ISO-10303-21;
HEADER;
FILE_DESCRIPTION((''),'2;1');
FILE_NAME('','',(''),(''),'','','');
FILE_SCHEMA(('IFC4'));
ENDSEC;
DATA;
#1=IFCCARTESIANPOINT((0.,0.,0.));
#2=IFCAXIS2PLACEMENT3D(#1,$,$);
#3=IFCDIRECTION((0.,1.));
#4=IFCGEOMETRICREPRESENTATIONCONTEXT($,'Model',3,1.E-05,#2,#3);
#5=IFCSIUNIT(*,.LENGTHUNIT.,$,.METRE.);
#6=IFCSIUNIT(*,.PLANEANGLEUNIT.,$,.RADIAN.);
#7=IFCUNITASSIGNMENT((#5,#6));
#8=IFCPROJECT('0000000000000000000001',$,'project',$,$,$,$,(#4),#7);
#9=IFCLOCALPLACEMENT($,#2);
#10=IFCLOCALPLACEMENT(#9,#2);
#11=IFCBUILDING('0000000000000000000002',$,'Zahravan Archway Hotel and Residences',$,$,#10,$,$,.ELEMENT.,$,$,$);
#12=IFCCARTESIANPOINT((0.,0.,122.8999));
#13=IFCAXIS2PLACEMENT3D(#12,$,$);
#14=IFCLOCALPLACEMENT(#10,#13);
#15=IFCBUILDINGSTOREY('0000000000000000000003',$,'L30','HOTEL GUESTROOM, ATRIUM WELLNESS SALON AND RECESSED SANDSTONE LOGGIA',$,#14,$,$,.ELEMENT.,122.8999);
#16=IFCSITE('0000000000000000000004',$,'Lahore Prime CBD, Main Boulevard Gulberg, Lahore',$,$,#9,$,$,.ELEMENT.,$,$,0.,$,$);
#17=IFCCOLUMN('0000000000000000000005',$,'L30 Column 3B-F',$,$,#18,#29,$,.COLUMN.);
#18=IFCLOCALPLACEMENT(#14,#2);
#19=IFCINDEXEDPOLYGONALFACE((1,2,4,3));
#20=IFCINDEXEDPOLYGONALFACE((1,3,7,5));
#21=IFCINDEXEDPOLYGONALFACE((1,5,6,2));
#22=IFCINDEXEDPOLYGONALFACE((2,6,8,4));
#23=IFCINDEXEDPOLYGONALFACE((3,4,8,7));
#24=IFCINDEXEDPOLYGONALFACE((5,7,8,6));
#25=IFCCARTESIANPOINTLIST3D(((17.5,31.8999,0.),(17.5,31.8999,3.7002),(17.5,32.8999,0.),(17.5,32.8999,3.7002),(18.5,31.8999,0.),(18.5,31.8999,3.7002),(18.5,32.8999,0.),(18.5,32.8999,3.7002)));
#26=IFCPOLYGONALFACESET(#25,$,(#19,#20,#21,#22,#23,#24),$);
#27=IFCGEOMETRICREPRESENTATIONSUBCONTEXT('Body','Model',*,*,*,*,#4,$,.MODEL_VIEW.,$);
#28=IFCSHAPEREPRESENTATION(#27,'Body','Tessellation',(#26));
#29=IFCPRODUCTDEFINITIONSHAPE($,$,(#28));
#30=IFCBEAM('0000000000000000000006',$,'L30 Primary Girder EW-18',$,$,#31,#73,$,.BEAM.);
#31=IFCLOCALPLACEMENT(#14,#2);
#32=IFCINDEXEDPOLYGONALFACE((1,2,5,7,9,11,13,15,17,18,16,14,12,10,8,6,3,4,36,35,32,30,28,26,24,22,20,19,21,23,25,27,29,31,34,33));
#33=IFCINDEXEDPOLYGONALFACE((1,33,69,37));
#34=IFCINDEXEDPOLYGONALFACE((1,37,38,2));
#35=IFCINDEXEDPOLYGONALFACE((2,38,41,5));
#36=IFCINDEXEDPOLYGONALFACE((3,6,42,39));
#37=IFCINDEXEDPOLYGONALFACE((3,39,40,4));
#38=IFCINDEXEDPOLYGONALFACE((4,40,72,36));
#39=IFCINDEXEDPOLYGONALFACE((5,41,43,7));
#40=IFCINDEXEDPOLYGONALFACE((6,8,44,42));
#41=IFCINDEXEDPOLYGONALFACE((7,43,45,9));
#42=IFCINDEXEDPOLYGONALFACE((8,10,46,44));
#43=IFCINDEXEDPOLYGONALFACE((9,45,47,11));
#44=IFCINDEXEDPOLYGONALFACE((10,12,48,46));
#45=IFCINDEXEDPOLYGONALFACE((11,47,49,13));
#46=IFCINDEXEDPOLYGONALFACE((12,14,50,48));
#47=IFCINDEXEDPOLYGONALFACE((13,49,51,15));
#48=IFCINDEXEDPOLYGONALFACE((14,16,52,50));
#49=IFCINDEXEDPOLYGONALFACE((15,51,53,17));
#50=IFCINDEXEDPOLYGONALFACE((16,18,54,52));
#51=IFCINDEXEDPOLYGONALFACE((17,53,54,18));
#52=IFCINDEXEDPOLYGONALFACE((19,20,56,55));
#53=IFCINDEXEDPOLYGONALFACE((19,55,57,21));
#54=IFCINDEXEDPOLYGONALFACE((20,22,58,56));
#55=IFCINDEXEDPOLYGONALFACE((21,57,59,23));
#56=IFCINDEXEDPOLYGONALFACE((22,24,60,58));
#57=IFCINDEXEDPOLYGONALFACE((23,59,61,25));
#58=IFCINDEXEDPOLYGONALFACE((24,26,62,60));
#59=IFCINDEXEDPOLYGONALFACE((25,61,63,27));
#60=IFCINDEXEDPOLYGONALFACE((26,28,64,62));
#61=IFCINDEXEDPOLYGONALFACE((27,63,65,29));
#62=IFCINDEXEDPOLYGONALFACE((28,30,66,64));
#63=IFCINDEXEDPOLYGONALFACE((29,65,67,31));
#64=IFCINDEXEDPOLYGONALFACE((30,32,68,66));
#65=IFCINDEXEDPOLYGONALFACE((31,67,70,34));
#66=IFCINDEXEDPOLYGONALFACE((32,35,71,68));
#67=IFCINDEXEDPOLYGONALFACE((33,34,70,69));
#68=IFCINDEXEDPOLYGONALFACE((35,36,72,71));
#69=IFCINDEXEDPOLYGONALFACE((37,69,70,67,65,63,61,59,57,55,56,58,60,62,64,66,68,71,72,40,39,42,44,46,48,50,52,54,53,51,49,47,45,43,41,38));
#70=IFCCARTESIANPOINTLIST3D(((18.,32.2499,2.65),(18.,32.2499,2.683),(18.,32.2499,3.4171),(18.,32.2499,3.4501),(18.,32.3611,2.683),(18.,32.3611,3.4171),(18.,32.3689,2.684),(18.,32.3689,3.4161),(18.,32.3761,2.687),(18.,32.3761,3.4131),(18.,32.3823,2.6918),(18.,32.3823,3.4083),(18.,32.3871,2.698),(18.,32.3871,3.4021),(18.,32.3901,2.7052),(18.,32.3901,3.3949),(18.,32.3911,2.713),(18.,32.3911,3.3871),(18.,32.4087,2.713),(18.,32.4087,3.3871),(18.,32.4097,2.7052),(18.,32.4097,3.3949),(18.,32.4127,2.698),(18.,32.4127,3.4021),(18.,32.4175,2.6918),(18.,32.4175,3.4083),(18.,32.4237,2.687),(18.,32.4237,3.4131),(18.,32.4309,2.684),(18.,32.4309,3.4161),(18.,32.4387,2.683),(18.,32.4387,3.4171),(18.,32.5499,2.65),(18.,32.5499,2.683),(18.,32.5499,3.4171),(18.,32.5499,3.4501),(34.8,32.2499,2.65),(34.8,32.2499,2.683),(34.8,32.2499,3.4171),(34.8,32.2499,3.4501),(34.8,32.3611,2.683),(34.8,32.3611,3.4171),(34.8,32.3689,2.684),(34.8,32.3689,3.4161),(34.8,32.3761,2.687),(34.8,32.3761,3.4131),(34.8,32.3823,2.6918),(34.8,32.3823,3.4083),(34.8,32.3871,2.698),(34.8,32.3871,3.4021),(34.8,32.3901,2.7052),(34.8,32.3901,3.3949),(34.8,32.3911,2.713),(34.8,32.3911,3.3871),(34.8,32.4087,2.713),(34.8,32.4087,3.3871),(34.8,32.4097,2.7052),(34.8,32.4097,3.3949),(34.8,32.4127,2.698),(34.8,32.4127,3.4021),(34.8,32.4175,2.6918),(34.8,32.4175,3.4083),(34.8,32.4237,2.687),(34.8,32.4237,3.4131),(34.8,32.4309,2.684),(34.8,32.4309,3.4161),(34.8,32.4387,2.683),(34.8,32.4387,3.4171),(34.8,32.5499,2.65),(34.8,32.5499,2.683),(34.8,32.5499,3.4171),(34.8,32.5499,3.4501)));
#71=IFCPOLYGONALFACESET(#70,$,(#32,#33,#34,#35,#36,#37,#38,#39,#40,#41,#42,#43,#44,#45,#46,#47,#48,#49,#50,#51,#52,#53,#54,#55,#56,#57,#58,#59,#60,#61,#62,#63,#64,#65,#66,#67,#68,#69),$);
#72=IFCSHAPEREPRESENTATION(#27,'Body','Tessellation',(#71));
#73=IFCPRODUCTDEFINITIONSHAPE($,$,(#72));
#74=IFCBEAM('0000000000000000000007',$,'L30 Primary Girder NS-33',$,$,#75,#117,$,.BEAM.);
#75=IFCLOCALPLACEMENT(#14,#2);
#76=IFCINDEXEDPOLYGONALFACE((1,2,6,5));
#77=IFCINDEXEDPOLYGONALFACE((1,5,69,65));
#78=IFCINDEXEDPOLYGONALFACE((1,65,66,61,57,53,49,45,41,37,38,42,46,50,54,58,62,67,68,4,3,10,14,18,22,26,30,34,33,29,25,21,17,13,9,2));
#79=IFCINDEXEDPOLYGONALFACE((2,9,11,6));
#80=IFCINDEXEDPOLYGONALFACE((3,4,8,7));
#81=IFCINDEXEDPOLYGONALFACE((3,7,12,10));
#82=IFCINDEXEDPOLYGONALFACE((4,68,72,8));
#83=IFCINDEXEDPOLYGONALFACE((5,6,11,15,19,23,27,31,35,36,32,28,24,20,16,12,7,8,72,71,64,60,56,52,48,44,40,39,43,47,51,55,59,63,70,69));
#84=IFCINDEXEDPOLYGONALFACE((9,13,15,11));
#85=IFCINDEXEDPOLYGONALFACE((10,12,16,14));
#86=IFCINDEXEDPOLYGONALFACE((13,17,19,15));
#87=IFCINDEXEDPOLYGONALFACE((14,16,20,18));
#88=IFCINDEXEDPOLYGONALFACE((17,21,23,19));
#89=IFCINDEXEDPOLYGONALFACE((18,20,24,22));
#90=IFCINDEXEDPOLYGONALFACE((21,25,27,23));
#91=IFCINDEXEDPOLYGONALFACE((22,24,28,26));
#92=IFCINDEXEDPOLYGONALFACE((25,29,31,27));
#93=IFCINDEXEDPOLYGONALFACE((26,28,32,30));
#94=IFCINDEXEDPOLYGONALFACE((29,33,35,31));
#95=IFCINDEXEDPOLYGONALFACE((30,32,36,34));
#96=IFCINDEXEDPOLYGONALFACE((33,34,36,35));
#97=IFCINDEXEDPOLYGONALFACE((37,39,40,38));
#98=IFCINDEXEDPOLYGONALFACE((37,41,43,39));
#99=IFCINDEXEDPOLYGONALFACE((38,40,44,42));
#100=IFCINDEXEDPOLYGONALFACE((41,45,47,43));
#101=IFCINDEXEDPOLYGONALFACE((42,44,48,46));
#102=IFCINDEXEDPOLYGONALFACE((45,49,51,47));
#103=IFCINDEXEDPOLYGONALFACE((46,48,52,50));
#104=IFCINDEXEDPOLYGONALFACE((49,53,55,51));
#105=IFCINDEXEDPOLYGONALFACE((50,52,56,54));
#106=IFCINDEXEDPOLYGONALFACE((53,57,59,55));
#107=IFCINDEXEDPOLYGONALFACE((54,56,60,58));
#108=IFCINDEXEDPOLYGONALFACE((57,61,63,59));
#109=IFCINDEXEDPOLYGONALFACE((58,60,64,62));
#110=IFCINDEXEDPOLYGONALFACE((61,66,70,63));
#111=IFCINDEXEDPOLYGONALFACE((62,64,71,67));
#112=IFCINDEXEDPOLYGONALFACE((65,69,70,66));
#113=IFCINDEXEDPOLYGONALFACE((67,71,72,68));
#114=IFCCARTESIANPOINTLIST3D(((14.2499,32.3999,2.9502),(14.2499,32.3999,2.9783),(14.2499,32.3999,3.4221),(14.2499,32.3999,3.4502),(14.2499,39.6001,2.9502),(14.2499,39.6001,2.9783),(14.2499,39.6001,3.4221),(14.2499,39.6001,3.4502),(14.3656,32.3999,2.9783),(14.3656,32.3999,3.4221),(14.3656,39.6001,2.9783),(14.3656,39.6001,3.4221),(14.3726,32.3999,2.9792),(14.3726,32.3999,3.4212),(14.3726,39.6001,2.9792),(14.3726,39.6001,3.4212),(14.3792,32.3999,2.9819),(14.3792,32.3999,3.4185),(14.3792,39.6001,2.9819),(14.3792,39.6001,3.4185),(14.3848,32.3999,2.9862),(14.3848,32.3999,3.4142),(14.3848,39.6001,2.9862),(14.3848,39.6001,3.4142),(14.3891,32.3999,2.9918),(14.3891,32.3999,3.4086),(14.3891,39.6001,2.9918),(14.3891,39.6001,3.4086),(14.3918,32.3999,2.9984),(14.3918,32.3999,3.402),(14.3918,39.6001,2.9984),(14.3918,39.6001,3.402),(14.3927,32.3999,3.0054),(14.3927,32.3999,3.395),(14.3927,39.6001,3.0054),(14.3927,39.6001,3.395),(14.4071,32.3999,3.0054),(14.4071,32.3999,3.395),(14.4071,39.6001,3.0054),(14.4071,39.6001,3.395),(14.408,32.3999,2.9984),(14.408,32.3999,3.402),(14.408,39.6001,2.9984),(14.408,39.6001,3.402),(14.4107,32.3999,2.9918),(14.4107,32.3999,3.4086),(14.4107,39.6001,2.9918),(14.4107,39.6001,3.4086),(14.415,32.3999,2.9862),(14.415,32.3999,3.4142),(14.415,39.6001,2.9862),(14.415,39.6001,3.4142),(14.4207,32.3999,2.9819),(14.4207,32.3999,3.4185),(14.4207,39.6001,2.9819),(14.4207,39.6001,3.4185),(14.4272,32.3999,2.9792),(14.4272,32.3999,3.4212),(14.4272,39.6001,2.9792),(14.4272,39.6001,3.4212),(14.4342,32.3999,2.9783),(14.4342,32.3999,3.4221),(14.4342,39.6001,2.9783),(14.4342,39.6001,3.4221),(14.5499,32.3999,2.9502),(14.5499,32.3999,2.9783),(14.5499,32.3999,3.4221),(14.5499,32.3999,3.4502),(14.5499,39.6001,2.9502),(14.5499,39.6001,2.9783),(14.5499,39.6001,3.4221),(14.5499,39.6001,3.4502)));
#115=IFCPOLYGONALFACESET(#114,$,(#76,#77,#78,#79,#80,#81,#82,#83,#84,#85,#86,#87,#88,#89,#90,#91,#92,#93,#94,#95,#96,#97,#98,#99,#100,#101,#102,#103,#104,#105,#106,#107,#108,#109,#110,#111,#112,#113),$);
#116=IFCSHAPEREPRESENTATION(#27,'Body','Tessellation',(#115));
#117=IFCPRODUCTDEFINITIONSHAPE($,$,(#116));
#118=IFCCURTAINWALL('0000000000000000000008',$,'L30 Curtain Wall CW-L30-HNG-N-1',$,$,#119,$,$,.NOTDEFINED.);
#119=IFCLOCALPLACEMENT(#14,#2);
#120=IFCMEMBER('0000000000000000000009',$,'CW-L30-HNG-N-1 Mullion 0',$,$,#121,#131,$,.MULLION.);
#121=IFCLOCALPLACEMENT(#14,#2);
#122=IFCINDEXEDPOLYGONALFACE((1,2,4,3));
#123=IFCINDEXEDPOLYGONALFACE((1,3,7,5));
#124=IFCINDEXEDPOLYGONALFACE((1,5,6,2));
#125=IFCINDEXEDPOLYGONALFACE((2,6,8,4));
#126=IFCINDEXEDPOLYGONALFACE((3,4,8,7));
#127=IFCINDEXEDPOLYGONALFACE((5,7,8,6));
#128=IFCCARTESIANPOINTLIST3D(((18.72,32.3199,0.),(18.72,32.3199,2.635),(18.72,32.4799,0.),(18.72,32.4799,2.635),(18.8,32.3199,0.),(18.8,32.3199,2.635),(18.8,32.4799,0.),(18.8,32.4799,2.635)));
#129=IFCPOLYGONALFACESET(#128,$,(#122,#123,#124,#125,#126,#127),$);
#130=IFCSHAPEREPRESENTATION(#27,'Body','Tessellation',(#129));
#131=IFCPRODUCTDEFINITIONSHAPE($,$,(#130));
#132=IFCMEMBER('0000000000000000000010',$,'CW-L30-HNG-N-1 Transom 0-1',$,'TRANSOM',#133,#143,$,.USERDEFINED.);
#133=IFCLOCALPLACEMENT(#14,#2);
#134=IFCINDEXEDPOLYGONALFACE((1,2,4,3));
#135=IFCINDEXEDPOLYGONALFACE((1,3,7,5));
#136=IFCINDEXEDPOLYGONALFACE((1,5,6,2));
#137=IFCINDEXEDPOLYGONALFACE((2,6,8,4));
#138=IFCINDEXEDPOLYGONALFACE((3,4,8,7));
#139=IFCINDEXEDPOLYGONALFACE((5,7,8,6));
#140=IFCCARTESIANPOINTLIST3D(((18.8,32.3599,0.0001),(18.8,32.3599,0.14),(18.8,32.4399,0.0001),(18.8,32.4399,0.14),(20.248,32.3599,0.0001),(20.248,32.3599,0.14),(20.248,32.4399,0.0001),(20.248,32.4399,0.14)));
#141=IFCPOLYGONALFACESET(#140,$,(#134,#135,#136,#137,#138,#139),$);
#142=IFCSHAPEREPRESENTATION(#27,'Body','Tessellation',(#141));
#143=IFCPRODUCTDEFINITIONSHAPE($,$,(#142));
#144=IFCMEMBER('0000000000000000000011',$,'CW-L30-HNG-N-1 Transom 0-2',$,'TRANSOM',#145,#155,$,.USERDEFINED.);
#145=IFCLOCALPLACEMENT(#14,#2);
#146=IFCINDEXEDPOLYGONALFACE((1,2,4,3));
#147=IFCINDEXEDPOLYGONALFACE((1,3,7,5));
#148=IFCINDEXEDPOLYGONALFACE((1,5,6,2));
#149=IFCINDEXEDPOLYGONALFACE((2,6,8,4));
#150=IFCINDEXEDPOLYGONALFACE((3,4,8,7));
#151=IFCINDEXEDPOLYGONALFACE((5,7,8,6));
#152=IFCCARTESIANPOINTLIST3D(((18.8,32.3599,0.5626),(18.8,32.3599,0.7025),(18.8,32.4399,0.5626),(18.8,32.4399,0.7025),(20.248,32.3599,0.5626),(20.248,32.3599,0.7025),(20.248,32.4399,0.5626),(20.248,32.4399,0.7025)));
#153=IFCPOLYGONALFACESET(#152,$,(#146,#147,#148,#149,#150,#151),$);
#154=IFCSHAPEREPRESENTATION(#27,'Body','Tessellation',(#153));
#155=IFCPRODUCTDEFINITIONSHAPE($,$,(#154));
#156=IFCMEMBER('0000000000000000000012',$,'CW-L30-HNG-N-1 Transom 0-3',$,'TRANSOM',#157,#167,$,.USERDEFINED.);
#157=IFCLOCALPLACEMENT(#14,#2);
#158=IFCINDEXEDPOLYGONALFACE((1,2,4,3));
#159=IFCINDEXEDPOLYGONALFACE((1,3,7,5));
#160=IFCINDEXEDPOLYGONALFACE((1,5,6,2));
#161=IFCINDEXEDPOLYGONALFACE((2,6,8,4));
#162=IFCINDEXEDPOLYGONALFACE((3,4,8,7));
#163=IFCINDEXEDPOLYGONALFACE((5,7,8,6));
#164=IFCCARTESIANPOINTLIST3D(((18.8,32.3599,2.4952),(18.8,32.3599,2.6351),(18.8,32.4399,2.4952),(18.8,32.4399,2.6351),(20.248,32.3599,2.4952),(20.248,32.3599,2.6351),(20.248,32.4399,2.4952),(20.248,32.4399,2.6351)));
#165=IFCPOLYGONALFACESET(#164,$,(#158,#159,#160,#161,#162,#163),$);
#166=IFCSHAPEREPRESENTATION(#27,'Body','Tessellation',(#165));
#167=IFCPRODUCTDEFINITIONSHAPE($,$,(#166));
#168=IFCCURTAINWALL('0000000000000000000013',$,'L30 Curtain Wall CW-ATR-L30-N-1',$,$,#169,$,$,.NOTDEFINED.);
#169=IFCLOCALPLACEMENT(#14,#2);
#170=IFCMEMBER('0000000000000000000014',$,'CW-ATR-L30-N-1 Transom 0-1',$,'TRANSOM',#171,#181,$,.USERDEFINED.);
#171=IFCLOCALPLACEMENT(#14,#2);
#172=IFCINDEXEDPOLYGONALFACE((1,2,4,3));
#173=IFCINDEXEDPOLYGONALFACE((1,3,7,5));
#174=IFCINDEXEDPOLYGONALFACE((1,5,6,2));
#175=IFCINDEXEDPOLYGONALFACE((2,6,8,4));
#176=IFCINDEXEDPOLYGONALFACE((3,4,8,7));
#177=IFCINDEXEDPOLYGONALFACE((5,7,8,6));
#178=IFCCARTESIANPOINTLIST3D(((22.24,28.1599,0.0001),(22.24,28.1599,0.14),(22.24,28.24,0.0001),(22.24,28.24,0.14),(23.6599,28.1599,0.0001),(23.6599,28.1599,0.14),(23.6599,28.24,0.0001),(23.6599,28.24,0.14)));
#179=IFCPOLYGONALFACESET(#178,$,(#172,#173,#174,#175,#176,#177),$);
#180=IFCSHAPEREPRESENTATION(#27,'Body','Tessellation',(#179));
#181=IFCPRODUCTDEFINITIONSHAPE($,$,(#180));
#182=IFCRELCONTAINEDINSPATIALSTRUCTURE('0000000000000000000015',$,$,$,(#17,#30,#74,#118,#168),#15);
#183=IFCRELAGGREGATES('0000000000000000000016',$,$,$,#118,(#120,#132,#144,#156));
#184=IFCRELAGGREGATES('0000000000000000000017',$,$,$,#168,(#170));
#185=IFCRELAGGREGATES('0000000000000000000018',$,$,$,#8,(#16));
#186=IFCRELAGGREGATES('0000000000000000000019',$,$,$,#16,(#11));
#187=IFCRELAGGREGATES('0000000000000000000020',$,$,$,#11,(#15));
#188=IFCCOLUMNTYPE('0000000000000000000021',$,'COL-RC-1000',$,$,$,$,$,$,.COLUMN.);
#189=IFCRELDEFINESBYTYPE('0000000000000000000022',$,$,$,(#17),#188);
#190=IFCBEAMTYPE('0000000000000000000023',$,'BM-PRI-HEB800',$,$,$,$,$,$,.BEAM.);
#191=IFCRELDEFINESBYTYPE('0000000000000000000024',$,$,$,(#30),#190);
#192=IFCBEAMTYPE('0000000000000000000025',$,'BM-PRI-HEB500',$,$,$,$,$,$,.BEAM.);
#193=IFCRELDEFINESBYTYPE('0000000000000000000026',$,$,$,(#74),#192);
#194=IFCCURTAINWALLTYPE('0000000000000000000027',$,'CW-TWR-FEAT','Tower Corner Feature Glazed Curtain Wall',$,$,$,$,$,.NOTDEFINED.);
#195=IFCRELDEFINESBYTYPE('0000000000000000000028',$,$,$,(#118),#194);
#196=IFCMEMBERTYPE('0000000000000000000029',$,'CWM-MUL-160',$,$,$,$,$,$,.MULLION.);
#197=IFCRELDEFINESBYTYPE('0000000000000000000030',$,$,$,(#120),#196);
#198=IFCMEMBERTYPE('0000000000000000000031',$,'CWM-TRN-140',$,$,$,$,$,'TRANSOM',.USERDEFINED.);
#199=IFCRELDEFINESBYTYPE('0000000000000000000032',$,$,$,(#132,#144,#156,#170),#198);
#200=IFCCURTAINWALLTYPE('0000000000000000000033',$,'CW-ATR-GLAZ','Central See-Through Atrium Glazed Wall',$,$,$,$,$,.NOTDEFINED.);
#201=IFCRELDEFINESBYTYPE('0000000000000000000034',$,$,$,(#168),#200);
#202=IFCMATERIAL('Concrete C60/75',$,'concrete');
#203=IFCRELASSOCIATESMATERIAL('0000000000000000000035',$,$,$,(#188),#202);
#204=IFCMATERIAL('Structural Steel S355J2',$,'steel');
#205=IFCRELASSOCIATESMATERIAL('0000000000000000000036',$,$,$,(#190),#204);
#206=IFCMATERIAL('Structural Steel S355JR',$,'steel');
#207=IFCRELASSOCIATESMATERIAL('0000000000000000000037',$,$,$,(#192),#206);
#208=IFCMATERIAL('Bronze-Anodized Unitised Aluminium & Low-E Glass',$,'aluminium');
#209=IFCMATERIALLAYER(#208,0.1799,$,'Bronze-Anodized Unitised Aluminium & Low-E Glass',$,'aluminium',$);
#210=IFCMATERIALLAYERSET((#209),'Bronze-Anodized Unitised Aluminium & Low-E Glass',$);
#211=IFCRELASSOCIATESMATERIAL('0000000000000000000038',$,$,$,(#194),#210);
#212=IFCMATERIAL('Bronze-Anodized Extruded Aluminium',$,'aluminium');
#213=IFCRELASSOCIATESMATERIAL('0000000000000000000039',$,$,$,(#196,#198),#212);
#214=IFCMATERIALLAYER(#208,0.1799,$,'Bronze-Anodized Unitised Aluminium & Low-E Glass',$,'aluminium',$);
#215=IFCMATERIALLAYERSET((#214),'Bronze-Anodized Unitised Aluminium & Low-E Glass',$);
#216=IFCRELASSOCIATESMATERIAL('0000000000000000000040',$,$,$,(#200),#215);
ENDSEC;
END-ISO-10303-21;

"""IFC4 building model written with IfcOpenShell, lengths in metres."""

from ifc_helpers import new_model, si_unit, direction, frame, origin, origin_2d, place, context, subcontext, project, spatial, rectangle, i_section, extrude, source, transform, mapped, material, layer, layer_set, material_profile, profile_set, type_object, type_shapes, element, aggregate, save


model = new_model("IFC4")

# Units and contexts
model_context = context("Model", 3, precision=1e-05, world=origin(), true_north=direction((0.0, 1.0)))
body_context = subcontext(model_context, "Body", "Model", "MODEL_VIEW")
ifc_project = project(units=[si_unit("LENGTHUNIT", "METRE"), si_unit("PLANEANGLEUNIT", "RADIAN")], contexts=[model_context])

# Site, building, storey
site_placement = place(None, origin())
site = spatial("IfcSite", under=ifc_project, at=site_placement, Name="Lahore Prime CBD, Main Boulevard Gulberg, Lahore", CompositionType="ELEMENT", RefElevation=0.0)
building_placement = place(site_placement, origin())
building = spatial("IfcBuilding", under=site, at=building_placement, Name="Zahravan Archway Hotel and Residences", CompositionType="ELEMENT")
storey_placement = place(building_placement, frame((0.0, 0.0, 122.8999)))
storey = spatial("IfcBuildingStorey", under=building, at=storey_placement, Name="L30", Description="HOTEL GUESTROOM, ATRIUM WELLNESS SALON AND RECESSED SANDSTONE LOGGIA", CompositionType="ELEMENT", Elevation=122.8999)

# Column
ifc_material_1 = material(Name="Concrete C60/75", Category="concrete")
ifc_material_profile_1 = material_profile(ifc_material_1, rectangle(XDim=1.0, YDim=1.0, at=origin_2d()), Name="RC-COL-1000x1000", Category="concrete")
ifc_profile_set_1 = profile_set([ifc_material_profile_1], Name="Concrete C60/75")
column_type = type_object("IfcColumnType", Name="COL-RC-1000", PredefinedType="COLUMN", material=ifc_profile_set_1)
shared_shape_1 = source(origin(), body_context, "Body", "SweptSolid", [
    extrude(rectangle(XDim=1.0, YDim=1.0, at=origin_2d()), origin(), (0.0, 0.0, 1.0), 3.7002),
])
column_placement = place(storey_placement, frame((18.0, 32.3999, 0.0), z_axis=(0.0, 0.0, 1.0), x_axis=(1.0, 0.0, 0.0)))
element("IfcColumn", 1, at=column_placement, inside=storey, type_object=column_type, Name="L30 Column 3B-F", PredefinedType="COLUMN", context=body_context, shape_type="MappedRepresentation", body=[
    mapped(shared_shape_1, transform((0.0, 0.0, 0.0), scale=1.0)),
])

# Beams
ifc_material_2 = material(Name="Structural Steel S355J2", Category="steel")
ifc_material_profile_2 = material_profile(ifc_material_2, i_section(OverallWidth=0.3, OverallDepth=0.8, WebThickness=0.0176, FlangeThickness=0.033, FilletRadius=0.03, at=origin_2d()), Name="HEB 800", Category="steel")
ifc_profile_set_2 = profile_set([ifc_material_profile_2], Name="Structural Steel S355J2")
beam_type_1 = type_object("IfcBeamType", Name="BM-PRI-HEB800", PredefinedType="BEAM", material=ifc_profile_set_2)
shared_shape_2 = source(origin(), body_context, "Body", "SweptSolid", [
    extrude(i_section(OverallWidth=0.3, OverallDepth=0.8, WebThickness=0.0176, FlangeThickness=0.033, FilletRadius=0.03, at=origin_2d()), origin(), (0.0, 0.0, 1.0), 16.8),
])
type_shapes(beam_type_1, [shared_shape_2])
beam_1_placement = place(storey_placement, frame((18.0, 32.3999, 3.05), z_axis=(1.0, 0.0, 0.0), x_axis=(0.0, 1.0, 0.0)))
element("IfcBeam", 2, at=beam_1_placement, inside=storey, type_object=beam_type_1, Name="L30 Primary Girder EW-18", PredefinedType="BEAM", context=body_context, shape_type="MappedRepresentation", body=[
    mapped(shared_shape_2, transform((0.0, 0.0, 0.0), scale=1.0)),
])
ifc_material_3 = material(Name="Structural Steel S355JR", Category="steel")
ifc_material_profile_3 = material_profile(ifc_material_3, i_section(OverallWidth=0.3, OverallDepth=0.5, WebThickness=0.0144, FlangeThickness=0.0281, FilletRadius=0.0271, at=origin_2d()), Name="HEB 500", Category="steel")
ifc_profile_set_3 = profile_set([ifc_material_profile_3], Name="Structural Steel S355JR")
beam_type_2 = type_object("IfcBeamType", Name="BM-PRI-HEB500", PredefinedType="BEAM", material=ifc_profile_set_3)
shared_shape_3 = source(origin(), body_context, "Body", "SweptSolid", [
    extrude(i_section(OverallWidth=0.3, OverallDepth=0.5, WebThickness=0.0144, FlangeThickness=0.0281, FilletRadius=0.0271, at=origin_2d()), origin(), (0.0, 0.0, 1.0), 7.2002),
])
type_shapes(beam_type_2, [shared_shape_3])
beam_2_placement = place(storey_placement, frame((14.3999, 32.3999, 3.2002), z_axis=(0.0, 1.0, 0.0), x_axis=(-1.0, 0.0, 0.0)))
element("IfcBeam", 3, at=beam_2_placement, inside=storey, type_object=beam_type_2, Name="L30 Primary Girder NS-33", PredefinedType="BEAM", context=body_context, shape_type="MappedRepresentation", body=[
    mapped(shared_shape_3, transform((0.0, 0.0, 0.0), scale=1.0)),
])

# Curtain walls, members
ifc_material_4 = material(Name="Bronze-Anodized Unitised Aluminium & Low-E Glass", Category="aluminium")
ifc_layer_1 = layer(ifc_material_4, 0.1799, Name="Bronze-Anodized Unitised Aluminium & Low-E Glass", Category="aluminium")
ifc_layer_set_1 = layer_set([ifc_layer_1], Name="Bronze-Anodized Unitised Aluminium & Low-E Glass")
curtain_wall_type_1 = type_object("IfcCurtainWallType", Name="CW-TWR-FEAT", Description="Tower Corner Feature Glazed Curtain Wall", PredefinedType="NOTDEFINED", material=ifc_layer_set_1)
curtain_wall_1_placement = place(storey_placement, origin())
curtain_wall_1 = element("IfcCurtainWall", 4, at=curtain_wall_1_placement, inside=storey, type_object=curtain_wall_type_1, Name="L30 Curtain Wall CW-L30-HNG-N-1", PredefinedType="NOTDEFINED")
ifc_material_5 = material(Name="Bronze-Anodized Extruded Aluminium", Category="aluminium")
ifc_material_profile_4 = material_profile(ifc_material_5, rectangle(XDim=0.0801, YDim=0.1599, at=origin_2d()), Name="MUL 80x160", Category="aluminium")
ifc_profile_set_4 = profile_set([ifc_material_profile_4], Name="Bronze-Anodized Extruded Aluminium")
member_type_1 = type_object("IfcMemberType", Name="CWM-MUL-160", PredefinedType="MULLION", material=ifc_profile_set_4)
shared_shape_4 = source(origin(), body_context, "Body", "SweptSolid", [
    extrude(rectangle(XDim=0.0801, YDim=0.1599, at=origin_2d()), origin(), (0.0, 0.0, 1.0), 2.635),
])
member_1_placement = place(storey_placement, frame((18.76, 32.3999, 0.0), z_axis=(0.0, 0.0, 1.0), x_axis=(1.0, 0.0, 0.0)))
member_1 = element("IfcMember", 5, at=member_1_placement, type_object=member_type_1, Name="CW-L30-HNG-N-1 Mullion 0", PredefinedType="MULLION", context=body_context, shape_type="MappedRepresentation", body=[
    mapped(shared_shape_4, transform((0.0, 0.0, 0.0), scale=1.0)),
])
ifc_material_profile_5 = material_profile(ifc_material_5, rectangle(XDim=0.0801, YDim=0.1399, at=origin_2d()), Name="TRN 80x140", Category="aluminium")
ifc_profile_set_5 = profile_set([ifc_material_profile_5], Name="Bronze-Anodized Extruded Aluminium")
member_type_2 = type_object("IfcMemberType", Name="CWM-TRN-140", ElementType="TRANSOM", PredefinedType="USERDEFINED", material=ifc_profile_set_5)
shared_shape_5 = source(origin(), body_context, "Body", "SweptSolid", [
    extrude(rectangle(XDim=0.0801, YDim=0.1399, at=origin_2d()), origin(), (0.0, 0.0, 1.0), 1.448),
])
member_2_placement = place(storey_placement, frame((18.8, 32.3999, 0.0701), z_axis=(1.0, 0.0, 0.0), x_axis=(0.0, 1.0, 0.0)))
member_2 = element("IfcMember", 6, at=member_2_placement, type_object=member_type_2, Name="CW-L30-HNG-N-1 Transom 0-1", ObjectType="TRANSOM", PredefinedType="USERDEFINED", context=body_context, shape_type="MappedRepresentation", body=[
    mapped(shared_shape_5, transform((0.0, 0.0, 0.0), scale=1.0)),
])
member_3_placement = place(storey_placement, frame((18.8, 32.3999, 0.6326), z_axis=(1.0, 0.0, 0.0), x_axis=(0.0, 1.0, 0.0)))
member_3 = element("IfcMember", 7, at=member_3_placement, type_object=member_type_2, Name="CW-L30-HNG-N-1 Transom 0-2", ObjectType="TRANSOM", PredefinedType="USERDEFINED", context=body_context, shape_type="MappedRepresentation", body=[
    mapped(shared_shape_5, transform((0.0, 0.0, 0.0), scale=1.0)),
])
member_4_placement = place(storey_placement, frame((18.8, 32.3999, 2.5652), z_axis=(1.0, 0.0, 0.0), x_axis=(0.0, 1.0, 0.0)))
member_4 = element("IfcMember", 8, at=member_4_placement, type_object=member_type_2, Name="CW-L30-HNG-N-1 Transom 0-3", ObjectType="TRANSOM", PredefinedType="USERDEFINED", context=body_context, shape_type="MappedRepresentation", body=[
    mapped(shared_shape_5, transform((0.0, 0.0, 0.0), scale=1.0)),
])
aggregate(curtain_wall_1, [member_1, member_2, member_3, member_4])
ifc_layer_2 = layer(ifc_material_4, 0.1799, Name="Bronze-Anodized Unitised Aluminium & Low-E Glass", Category="aluminium")
ifc_layer_set_2 = layer_set([ifc_layer_2], Name="Bronze-Anodized Unitised Aluminium & Low-E Glass")
curtain_wall_type_2 = type_object("IfcCurtainWallType", Name="CW-ATR-GLAZ", Description="Central See-Through Atrium Glazed Wall", PredefinedType="NOTDEFINED", material=ifc_layer_set_2)
curtain_wall_2_placement = place(storey_placement, origin())
curtain_wall_2 = element("IfcCurtainWall", 9, at=curtain_wall_2_placement, inside=storey, type_object=curtain_wall_type_2, Name="L30 Curtain Wall CW-ATR-L30-N-1", PredefinedType="NOTDEFINED")
shared_shape_6 = source(origin(), body_context, "Body", "SweptSolid", [
    extrude(rectangle(XDim=0.0801, YDim=0.1399, at=origin_2d()), origin(), (0.0, 0.0, 1.0), 1.4199),
])
member_5_placement = place(storey_placement, frame((22.24, 28.2, 0.0701), z_axis=(1.0, 0.0, 0.0), x_axis=(0.0, 1.0, 0.0)))
member_5 = element("IfcMember", 10, at=member_5_placement, type_object=member_type_2, Name="CW-ATR-L30-N-1 Transom 0-1", ObjectType="TRANSOM", PredefinedType="USERDEFINED", context=body_context, shape_type="MappedRepresentation", body=[
    mapped(shared_shape_6, transform((0.0, 0.0, 0.0), scale=1.0)),
])

aggregate(curtain_wall_2, [member_5])

save(model, "model.ifc")
